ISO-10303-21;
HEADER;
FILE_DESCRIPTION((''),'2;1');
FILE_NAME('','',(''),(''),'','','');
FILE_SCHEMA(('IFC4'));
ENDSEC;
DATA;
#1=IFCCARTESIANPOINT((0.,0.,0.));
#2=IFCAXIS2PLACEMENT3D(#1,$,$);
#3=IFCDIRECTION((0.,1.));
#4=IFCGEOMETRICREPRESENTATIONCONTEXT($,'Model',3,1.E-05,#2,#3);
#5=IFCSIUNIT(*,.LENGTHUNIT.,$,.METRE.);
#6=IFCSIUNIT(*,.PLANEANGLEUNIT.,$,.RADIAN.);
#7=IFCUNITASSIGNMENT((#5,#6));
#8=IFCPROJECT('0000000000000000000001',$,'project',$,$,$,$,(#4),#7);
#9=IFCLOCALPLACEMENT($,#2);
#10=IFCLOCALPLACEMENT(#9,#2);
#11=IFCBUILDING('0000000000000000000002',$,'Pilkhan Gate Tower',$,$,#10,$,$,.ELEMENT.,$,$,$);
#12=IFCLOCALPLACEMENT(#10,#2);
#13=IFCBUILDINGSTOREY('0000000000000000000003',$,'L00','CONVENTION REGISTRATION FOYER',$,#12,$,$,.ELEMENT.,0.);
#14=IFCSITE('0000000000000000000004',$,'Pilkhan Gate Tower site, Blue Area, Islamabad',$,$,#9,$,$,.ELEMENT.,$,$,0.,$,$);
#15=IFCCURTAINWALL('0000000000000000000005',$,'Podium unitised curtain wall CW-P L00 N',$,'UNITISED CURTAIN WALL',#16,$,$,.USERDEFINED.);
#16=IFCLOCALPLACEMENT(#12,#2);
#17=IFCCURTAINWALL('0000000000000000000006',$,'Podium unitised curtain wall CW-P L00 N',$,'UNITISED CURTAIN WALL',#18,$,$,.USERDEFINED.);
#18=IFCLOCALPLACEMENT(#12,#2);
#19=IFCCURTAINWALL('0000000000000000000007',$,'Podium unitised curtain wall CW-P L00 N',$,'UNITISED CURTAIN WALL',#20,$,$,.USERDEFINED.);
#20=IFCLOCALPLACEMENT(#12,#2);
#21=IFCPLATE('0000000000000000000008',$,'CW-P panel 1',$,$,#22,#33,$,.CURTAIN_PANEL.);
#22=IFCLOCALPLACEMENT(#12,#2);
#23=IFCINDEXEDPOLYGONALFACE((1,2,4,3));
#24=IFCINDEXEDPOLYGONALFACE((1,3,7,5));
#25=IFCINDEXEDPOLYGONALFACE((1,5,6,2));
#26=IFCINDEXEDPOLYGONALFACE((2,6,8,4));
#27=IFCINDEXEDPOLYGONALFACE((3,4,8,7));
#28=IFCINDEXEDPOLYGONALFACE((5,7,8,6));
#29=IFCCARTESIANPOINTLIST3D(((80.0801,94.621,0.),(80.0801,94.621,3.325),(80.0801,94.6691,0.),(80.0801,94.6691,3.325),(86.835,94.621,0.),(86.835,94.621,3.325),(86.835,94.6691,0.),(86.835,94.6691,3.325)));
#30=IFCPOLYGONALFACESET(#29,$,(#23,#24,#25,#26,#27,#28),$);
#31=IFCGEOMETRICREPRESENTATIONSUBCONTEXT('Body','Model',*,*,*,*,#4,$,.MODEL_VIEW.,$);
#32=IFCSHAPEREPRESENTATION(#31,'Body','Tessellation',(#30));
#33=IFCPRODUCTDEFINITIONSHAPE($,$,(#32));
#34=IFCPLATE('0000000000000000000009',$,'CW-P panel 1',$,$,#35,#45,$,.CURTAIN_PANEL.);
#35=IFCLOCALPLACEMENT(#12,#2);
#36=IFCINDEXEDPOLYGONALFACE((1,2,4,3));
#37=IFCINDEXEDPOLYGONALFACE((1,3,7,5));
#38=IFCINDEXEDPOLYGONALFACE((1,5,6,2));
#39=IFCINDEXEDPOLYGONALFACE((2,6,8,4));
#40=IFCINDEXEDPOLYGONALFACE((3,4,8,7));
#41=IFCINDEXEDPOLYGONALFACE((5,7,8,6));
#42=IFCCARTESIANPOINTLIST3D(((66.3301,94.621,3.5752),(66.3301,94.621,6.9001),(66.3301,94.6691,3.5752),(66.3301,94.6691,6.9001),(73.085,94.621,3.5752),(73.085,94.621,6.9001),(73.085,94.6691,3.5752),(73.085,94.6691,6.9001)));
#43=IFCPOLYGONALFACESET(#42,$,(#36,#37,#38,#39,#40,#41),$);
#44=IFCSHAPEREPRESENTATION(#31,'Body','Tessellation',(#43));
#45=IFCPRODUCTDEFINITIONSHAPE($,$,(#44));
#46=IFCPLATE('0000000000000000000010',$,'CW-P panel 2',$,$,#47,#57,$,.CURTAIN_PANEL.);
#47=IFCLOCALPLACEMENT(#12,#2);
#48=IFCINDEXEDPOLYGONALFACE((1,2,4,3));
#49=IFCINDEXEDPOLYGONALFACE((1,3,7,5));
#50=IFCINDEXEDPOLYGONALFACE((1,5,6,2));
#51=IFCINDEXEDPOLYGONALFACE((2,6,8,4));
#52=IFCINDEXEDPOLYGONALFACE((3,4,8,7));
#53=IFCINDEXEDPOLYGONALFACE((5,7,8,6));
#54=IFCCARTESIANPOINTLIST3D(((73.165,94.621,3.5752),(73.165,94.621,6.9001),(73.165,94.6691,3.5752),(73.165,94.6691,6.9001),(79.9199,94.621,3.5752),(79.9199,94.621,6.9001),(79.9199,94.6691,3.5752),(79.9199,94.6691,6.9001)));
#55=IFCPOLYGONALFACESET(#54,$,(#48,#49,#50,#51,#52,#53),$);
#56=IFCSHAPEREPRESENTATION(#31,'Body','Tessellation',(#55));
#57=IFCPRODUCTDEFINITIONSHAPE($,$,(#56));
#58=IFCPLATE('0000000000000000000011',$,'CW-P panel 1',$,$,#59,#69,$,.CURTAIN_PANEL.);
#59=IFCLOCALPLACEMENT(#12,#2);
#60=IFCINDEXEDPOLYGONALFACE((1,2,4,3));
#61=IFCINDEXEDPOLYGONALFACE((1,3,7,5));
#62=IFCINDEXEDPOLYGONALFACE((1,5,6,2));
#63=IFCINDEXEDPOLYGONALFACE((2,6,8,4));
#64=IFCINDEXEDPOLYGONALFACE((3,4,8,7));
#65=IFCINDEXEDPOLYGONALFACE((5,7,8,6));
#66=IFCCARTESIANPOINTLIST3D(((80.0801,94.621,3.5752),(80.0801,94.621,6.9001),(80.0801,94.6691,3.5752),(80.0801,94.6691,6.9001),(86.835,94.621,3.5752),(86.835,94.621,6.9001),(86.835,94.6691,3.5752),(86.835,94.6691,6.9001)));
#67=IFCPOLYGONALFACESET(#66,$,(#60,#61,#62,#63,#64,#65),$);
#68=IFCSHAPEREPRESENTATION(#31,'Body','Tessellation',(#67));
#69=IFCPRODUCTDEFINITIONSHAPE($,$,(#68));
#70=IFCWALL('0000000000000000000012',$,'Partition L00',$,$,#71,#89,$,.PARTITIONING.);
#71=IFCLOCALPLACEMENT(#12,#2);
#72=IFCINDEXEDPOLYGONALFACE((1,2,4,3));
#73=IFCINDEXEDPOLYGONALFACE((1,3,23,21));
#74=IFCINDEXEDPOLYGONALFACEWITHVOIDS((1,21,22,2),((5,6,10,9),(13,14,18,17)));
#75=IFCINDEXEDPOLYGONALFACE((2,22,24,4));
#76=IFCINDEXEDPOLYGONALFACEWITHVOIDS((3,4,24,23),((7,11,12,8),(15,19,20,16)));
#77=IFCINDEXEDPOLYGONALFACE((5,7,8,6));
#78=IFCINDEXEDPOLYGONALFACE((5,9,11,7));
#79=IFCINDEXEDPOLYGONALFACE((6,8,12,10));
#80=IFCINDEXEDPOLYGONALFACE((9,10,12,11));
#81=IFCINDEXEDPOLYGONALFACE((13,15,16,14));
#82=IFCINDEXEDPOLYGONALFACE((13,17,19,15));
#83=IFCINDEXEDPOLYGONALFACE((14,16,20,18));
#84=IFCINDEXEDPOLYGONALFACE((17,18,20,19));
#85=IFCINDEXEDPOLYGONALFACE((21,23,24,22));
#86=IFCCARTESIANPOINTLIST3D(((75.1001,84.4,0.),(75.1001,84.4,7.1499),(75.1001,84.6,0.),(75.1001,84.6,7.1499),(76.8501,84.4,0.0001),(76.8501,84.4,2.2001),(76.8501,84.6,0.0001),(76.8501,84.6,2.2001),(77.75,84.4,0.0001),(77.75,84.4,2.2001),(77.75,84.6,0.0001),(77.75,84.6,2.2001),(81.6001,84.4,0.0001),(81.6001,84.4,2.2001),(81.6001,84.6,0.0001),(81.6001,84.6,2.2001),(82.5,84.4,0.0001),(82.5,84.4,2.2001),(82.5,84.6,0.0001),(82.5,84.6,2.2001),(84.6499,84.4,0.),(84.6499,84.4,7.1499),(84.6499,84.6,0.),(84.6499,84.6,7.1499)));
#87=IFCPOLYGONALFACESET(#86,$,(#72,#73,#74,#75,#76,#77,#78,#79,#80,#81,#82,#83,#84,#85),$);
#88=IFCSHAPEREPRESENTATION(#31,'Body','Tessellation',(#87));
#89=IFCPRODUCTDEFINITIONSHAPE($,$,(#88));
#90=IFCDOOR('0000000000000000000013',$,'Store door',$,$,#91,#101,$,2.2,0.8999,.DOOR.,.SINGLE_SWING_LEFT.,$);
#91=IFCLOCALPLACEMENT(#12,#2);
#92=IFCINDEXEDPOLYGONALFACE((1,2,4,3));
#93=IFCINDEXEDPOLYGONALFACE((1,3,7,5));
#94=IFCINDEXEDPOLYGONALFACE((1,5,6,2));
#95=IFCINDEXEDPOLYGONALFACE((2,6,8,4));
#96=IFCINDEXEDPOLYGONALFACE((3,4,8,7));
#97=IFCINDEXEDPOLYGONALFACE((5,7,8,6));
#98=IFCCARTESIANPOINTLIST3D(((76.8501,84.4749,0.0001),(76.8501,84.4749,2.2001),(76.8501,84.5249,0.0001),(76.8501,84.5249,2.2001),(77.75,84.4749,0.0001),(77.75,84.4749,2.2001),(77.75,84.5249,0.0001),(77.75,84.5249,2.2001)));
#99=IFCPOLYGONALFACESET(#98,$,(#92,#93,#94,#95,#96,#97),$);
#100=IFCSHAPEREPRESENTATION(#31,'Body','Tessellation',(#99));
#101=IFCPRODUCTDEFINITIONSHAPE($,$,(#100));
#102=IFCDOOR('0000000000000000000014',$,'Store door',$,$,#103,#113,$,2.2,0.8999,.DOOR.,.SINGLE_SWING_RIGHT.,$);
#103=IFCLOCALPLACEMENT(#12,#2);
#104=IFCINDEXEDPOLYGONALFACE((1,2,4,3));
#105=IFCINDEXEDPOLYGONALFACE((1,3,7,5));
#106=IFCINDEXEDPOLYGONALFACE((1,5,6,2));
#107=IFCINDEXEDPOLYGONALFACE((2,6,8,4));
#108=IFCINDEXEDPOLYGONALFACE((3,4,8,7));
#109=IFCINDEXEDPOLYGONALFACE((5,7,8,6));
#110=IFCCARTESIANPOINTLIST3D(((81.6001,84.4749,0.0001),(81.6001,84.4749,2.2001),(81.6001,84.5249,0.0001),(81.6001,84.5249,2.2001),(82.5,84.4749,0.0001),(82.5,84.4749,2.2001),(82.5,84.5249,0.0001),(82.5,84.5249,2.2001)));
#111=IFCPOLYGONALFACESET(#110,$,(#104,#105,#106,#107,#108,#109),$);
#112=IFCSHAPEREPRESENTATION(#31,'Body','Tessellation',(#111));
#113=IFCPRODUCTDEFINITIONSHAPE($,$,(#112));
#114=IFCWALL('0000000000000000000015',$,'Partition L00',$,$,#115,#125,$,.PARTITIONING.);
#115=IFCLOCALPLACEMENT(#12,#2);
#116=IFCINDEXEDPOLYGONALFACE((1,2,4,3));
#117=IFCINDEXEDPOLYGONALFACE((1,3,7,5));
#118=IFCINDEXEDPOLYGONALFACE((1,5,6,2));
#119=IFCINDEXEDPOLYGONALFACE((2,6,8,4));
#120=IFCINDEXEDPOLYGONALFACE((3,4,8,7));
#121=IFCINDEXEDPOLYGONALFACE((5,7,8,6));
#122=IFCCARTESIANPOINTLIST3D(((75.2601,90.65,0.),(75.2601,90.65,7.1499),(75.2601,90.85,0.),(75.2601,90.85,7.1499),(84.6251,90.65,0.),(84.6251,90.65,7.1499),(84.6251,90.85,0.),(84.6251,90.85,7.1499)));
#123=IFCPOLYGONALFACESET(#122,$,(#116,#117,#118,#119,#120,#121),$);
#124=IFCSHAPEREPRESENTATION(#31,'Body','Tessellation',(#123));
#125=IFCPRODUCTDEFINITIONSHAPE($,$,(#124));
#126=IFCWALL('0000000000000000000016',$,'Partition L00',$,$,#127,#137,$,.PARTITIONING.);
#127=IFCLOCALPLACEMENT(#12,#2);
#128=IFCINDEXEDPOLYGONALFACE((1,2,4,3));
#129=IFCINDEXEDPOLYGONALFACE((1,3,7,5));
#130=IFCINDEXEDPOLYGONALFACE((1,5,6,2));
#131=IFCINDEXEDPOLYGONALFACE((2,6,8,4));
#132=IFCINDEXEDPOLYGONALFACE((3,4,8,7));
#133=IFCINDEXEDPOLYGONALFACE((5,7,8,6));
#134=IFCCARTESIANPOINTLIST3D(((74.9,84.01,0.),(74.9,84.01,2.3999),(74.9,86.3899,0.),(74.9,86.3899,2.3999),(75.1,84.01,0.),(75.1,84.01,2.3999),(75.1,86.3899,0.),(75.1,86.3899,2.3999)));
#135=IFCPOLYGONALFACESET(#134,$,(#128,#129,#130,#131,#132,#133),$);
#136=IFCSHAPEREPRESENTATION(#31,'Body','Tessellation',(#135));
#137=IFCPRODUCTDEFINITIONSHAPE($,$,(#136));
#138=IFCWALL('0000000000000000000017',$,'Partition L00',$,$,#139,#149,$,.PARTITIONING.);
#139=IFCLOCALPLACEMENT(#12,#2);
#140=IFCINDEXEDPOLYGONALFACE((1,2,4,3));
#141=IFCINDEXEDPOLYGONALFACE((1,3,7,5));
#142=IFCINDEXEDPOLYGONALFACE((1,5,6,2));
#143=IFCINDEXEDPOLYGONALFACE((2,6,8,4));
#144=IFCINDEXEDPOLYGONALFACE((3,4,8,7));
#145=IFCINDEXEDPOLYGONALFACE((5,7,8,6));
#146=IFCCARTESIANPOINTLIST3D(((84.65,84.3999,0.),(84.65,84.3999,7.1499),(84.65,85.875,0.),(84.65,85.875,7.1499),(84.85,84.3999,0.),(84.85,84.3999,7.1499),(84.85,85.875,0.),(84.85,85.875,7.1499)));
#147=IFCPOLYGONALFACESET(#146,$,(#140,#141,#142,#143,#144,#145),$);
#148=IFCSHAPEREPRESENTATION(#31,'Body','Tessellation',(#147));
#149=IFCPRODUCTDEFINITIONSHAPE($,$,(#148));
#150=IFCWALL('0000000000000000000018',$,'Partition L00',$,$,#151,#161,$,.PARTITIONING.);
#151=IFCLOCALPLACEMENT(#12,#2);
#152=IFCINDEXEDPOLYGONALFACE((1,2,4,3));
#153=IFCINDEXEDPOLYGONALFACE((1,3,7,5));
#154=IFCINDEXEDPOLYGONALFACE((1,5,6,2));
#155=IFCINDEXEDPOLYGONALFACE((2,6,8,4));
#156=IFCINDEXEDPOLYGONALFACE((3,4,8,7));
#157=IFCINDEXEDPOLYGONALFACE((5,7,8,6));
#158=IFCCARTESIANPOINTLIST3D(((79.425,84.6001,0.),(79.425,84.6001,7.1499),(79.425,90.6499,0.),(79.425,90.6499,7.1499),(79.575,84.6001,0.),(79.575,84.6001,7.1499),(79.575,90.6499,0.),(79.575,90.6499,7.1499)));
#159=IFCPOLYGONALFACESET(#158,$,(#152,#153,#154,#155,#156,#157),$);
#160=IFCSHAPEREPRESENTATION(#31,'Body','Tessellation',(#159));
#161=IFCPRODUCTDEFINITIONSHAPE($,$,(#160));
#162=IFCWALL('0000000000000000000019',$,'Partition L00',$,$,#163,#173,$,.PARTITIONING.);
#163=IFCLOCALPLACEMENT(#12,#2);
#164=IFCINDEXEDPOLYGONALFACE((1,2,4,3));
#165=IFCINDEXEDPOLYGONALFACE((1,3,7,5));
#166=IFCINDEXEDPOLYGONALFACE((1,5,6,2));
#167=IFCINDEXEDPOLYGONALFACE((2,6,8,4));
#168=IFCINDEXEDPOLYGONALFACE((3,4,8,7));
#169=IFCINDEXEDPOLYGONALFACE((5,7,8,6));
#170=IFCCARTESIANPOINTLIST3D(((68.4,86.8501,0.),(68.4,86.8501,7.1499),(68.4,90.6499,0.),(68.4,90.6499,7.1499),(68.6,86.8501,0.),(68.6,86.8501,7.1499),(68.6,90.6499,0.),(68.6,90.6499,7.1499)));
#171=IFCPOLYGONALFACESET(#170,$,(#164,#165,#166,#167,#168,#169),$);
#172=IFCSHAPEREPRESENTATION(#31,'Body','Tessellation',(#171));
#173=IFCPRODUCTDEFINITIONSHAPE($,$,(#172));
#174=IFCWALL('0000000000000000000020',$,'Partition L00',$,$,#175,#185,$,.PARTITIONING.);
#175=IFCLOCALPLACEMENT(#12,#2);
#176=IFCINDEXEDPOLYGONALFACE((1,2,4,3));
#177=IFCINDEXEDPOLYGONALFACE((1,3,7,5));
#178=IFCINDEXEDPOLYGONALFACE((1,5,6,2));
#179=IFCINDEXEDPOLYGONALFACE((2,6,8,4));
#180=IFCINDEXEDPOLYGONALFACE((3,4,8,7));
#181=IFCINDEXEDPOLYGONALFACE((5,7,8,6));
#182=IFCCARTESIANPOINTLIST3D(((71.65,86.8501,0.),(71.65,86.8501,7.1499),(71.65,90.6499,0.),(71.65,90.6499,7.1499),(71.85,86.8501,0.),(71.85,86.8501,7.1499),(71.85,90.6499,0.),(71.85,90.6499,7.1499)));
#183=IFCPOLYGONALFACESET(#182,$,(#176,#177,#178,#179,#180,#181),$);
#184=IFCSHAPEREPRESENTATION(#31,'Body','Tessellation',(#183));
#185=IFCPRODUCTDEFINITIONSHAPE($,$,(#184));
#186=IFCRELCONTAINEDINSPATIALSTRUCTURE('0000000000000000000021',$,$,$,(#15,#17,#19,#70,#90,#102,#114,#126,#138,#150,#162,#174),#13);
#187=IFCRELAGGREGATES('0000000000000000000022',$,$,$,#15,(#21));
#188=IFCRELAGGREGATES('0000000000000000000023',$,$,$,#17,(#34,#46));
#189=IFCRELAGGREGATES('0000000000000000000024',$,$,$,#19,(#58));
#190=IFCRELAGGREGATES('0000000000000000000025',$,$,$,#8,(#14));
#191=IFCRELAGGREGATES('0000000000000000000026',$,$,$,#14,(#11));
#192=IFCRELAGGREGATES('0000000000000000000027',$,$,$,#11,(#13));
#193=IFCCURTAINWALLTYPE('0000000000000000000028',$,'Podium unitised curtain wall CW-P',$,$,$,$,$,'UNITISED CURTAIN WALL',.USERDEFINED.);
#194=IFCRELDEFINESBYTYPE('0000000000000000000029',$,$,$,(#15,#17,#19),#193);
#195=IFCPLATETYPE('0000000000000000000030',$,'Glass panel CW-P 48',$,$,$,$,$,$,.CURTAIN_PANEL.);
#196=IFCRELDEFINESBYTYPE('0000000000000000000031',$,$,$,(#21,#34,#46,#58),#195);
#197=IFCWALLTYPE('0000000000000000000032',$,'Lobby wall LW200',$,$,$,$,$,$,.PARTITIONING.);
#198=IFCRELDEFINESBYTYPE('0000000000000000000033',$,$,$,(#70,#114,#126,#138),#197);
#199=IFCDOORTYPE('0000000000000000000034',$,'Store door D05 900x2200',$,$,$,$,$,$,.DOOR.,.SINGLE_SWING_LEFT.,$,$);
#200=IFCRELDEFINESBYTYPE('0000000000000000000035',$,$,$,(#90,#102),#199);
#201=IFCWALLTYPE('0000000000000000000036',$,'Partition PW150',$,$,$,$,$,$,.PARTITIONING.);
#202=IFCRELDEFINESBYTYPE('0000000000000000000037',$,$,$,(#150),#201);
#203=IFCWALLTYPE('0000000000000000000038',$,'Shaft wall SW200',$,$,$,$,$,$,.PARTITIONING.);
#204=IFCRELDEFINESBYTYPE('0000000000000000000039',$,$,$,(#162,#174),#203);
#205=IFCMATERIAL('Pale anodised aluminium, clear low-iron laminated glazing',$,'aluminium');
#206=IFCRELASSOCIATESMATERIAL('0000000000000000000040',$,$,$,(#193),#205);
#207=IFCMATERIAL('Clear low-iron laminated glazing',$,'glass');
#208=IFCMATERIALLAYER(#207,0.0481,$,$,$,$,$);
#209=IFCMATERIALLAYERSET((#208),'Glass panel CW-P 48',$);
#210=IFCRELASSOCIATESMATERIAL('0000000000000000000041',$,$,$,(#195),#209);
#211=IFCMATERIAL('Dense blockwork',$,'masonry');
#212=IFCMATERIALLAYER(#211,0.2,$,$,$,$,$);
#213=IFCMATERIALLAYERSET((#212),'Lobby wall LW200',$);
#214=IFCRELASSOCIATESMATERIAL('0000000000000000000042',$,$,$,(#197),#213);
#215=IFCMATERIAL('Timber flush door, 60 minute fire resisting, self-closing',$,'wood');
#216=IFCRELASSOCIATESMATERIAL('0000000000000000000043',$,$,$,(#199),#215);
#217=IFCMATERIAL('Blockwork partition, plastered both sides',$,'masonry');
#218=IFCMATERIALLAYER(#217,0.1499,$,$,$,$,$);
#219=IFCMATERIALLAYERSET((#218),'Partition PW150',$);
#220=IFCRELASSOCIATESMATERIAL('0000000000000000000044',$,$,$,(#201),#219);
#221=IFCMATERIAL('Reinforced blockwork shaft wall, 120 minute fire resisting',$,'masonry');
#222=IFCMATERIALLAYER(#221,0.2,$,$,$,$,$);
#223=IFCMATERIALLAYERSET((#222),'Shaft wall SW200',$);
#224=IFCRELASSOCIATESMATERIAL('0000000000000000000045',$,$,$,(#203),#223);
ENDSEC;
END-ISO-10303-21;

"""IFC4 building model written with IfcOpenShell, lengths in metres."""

from ifc_helpers import new_model, si_unit, direction, frame, frame_2d, origin, origin_2d, place, context, subcontext, project, spatial, rectangle, extrude, material, layer, layer_set, type_object, element, fill, aggregate, save


model = new_model("IFC4")

# Units and contexts
model_context = context("Model", 3, precision=1e-05, world=origin(), true_north=direction((0.0, 1.0)))
body_context = subcontext(model_context, "Body", "Model", "MODEL_VIEW")
ifc_project = project(units=[si_unit("LENGTHUNIT", "METRE"), si_unit("PLANEANGLEUNIT", "RADIAN")], contexts=[model_context])

# Site, building, storey
site_placement = place(None, origin())
site = spatial("IfcSite", under=ifc_project, at=site_placement, Name="Pilkhan Gate Tower site, Blue Area, Islamabad", CompositionType="ELEMENT", RefElevation=0.0)
building_placement = place(site_placement, origin())
building = spatial("IfcBuilding", under=site, at=building_placement, Name="Pilkhan Gate Tower", CompositionType="ELEMENT")
storey_placement = place(building_placement, origin())
storey = spatial("IfcBuildingStorey", under=building, at=storey_placement, Name="L00", Description="CONVENTION REGISTRATION FOYER", CompositionType="ELEMENT", Elevation=0.0)

# Shared definitions
ifc_material_1 = material(Name="Pale anodised aluminium, clear low-iron laminated glazing", Category="aluminium")
curtain_wall_type = type_object("IfcCurtainWallType", Name="Podium unitised curtain wall CW-P", ElementType="UNITISED CURTAIN WALL", PredefinedType="USERDEFINED", material=ifc_material_1)

# Curtain wall
curtain_wall_1_placement = place(storey_placement, origin())
curtain_wall_1 = element("IfcCurtainWall", 1, at=curtain_wall_1_placement, inside=storey, type_object=curtain_wall_type, Name="Podium unitised curtain wall CW-P L00 N", ObjectType="UNITISED CURTAIN WALL", PredefinedType="USERDEFINED")

# Curtain wall
curtain_wall_2_placement = place(storey_placement, origin())
curtain_wall_2 = element("IfcCurtainWall", 2, at=curtain_wall_2_placement, inside=storey, type_object=curtain_wall_type, Name="Podium unitised curtain wall CW-P L00 N", ObjectType="UNITISED CURTAIN WALL", PredefinedType="USERDEFINED")

# Curtain wall
curtain_wall_3_placement = place(storey_placement, origin())
curtain_wall_3 = element("IfcCurtainWall", 3, at=curtain_wall_3_placement, inside=storey, type_object=curtain_wall_type, Name="Podium unitised curtain wall CW-P L00 N", ObjectType="UNITISED CURTAIN WALL", PredefinedType="USERDEFINED")

# Plates
ifc_material_2 = material(Name="Clear low-iron laminated glazing", Category="glass")
ifc_layer_1 = layer(ifc_material_2, 0.0481)
ifc_layer_set_1 = layer_set([ifc_layer_1], Name="Glass panel CW-P 48")
plate_type = type_object("IfcPlateType", Name="Glass panel CW-P 48", PredefinedType="CURTAIN_PANEL", material=ifc_layer_set_1)
plate_1_placement = place(storey_placement, frame((83.4575, 94.645, 0.0), z_axis=(0.0, 0.0, 1.0), x_axis=(1.0, 0.0, 0.0)))
plate_1 = element("IfcPlate", 4, at=plate_1_placement, type_object=plate_type, Name="CW-P panel 1", PredefinedType="CURTAIN_PANEL", context=body_context, shape_type="SweptSolid", body=[
    extrude(rectangle(XDim=6.7549, YDim=0.0481, at=origin_2d()), origin(), (0.0, 0.0, 1.0), 3.325),
])
aggregate(curtain_wall_1, [plate_1])
plate_2_placement = place(storey_placement, frame((69.7075, 94.645, 3.5752), z_axis=(0.0, 0.0, 1.0), x_axis=(1.0, 0.0, 0.0)))
plate_2 = element("IfcPlate", 5, at=plate_2_placement, type_object=plate_type, Name="CW-P panel 1", PredefinedType="CURTAIN_PANEL", context=body_context, shape_type="SweptSolid", body=[
    extrude(rectangle(XDim=6.7549, YDim=0.0481, at=origin_2d()), origin(), (0.0, 0.0, 1.0), 3.325),
])
plate_3_placement = place(storey_placement, frame((76.5425, 94.645, 3.5752), z_axis=(0.0, 0.0, 1.0), x_axis=(1.0, 0.0, 0.0)))
plate_3 = element("IfcPlate", 6, at=plate_3_placement, type_object=plate_type, Name="CW-P panel 2", PredefinedType="CURTAIN_PANEL", context=body_context, shape_type="SweptSolid", body=[
    extrude(rectangle(XDim=6.7549, YDim=0.0481, at=origin_2d()), origin(), (0.0, 0.0, 1.0), 3.325),
])
aggregate(curtain_wall_2, [plate_2, plate_3])
plate_4_placement = place(storey_placement, frame((83.4575, 94.645, 3.5752), z_axis=(0.0, 0.0, 1.0), x_axis=(1.0, 0.0, 0.0)))
plate_4 = element("IfcPlate", 7, at=plate_4_placement, type_object=plate_type, Name="CW-P panel 1", PredefinedType="CURTAIN_PANEL", context=body_context, shape_type="SweptSolid", body=[
    extrude(rectangle(XDim=6.7549, YDim=0.0481, at=origin_2d()), origin(), (0.0, 0.0, 1.0), 3.325),
])
aggregate(curtain_wall_3, [plate_4])

# Wall, openings, doors
ifc_material_3 = material(Name="Dense blockwork", Category="masonry")
ifc_layer_2 = layer(ifc_material_3, 0.2)
ifc_layer_set_2 = layer_set([ifc_layer_2], Name="Lobby wall LW200")
wall_type_1 = type_object("IfcWallType", Name="Lobby wall LW200", PredefinedType="PARTITIONING", material=ifc_layer_set_2)
wall_1_placement = place(storey_placement, frame((75.1001, 84.5, 0.0), z_axis=(0.0, 0.0, 1.0), x_axis=(1.0, 0.0, 0.0)))
wall_1 = element("IfcWall", 8, at=wall_1_placement, inside=storey, type_object=wall_type_1, Name="Partition L00", PredefinedType="PARTITIONING", context=body_context, shape_type="SweptSolid", body=[
    extrude(rectangle(XDim=9.5498, YDim=0.2, at=frame_2d((4.7749, 0.0))), origin(), (0.0, 0.0, 1.0), 7.1499),
])
opening_1_placement = place(wall_1_placement, frame((1.75, 0.0, 0.0)))
opening_1 = element("IfcOpeningElement", 9, at=opening_1_placement, cuts=wall_1, PredefinedType="OPENING", context=body_context, shape_type="SweptSolid", body=[
    extrude(rectangle(XDim=0.8999, YDim=2.2, at=frame_2d((0.45, 1.1001))), frame((0.0, 0.1099, 0.0), z_axis=(0.0, -1.0, 0.0), x_axis=(1.0, 0.0, 0.0)), (0.0, 0.0, 1.0), 0.22),
])
opening_2_placement = place(wall_1_placement, frame((6.5, 0.0, 0.0)))
opening_2 = element("IfcOpeningElement", 10, at=opening_2_placement, cuts=wall_1, PredefinedType="OPENING", context=body_context, shape_type="SweptSolid", body=[
    extrude(rectangle(XDim=0.8999, YDim=2.2, at=frame_2d((0.45, 1.1001))), frame((0.0, 0.1099, 0.0), z_axis=(0.0, -1.0, 0.0), x_axis=(1.0, 0.0, 0.0)), (0.0, 0.0, 1.0), 0.22),
])
ifc_material_4 = material(Name="Timber flush door, 60 minute fire resisting, self-closing", Category="wood")
door_type = type_object("IfcDoorType", Name="Store door D05 900x2200", OperationType="SINGLE_SWING_LEFT", PredefinedType="DOOR", material=ifc_material_4)
door_1_placement = place(opening_1_placement, origin())
door_1 = element("IfcDoor", 11, at=door_1_placement, inside=storey, type_object=door_type, Name="Store door", OperationType="SINGLE_SWING_LEFT", OverallHeight=2.2, OverallWidth=0.8999, PredefinedType="DOOR", context=body_context, shape_type="SweptSolid", body=[
    extrude(rectangle(XDim=0.8999, YDim=2.2, at=frame_2d((0.45, 1.1001))), frame((0.0, 0.0249, 0.0), z_axis=(0.0, -1.0, 0.0), x_axis=(1.0, 0.0, 0.0)), (0.0, 0.0, 1.0), 0.05),
])
fill(opening_1, door_1)
door_2_placement = place(opening_2_placement, origin())
door_2 = element("IfcDoor", 12, at=door_2_placement, inside=storey, type_object=door_type, Name="Store door", OperationType="SINGLE_SWING_RIGHT", OverallHeight=2.2, OverallWidth=0.8999, PredefinedType="DOOR", context=body_context, shape_type="SweptSolid", body=[
    extrude(rectangle(XDim=0.8999, YDim=2.2, at=frame_2d((0.45, 1.1001))), frame((0.0, 0.0249, 0.0), z_axis=(0.0, -1.0, 0.0), x_axis=(1.0, 0.0, 0.0)), (0.0, 0.0, 1.0), 0.05),
])
fill(opening_2, door_2)

# Walls
wall_2_placement = place(storey_placement, frame((75.26, 90.75, 0.0), z_axis=(0.0, 0.0, 1.0), x_axis=(1.0, 0.0, 0.0)))
element("IfcWall", 13, at=wall_2_placement, inside=storey, type_object=wall_type_1, Name="Partition L00", PredefinedType="PARTITIONING", context=body_context, shape_type="SweptSolid", body=[
    extrude(rectangle(XDim=9.365, YDim=0.2, at=frame_2d((4.6826, 0.0))), origin(), (0.0, 0.0, 1.0), 7.1499),
])
wall_3_placement = place(storey_placement, frame((75.0, 84.01, 0.0), z_axis=(0.0, 0.0, 1.0), x_axis=(0.0, 1.0, 0.0)))
element("IfcWall", 14, at=wall_3_placement, inside=storey, type_object=wall_type_1, Name="Partition L00", PredefinedType="PARTITIONING", context=body_context, shape_type="SweptSolid", body=[
    extrude(rectangle(XDim=2.3799, YDim=0.2, at=frame_2d((1.1899, 0.0))), origin(), (0.0, 0.0, 1.0), 2.3999),
])
wall_4_placement = place(storey_placement, frame((84.75, 84.3999, 0.0), z_axis=(0.0, 0.0, 1.0), x_axis=(0.0, 1.0, 0.0)))
element("IfcWall", 15, at=wall_4_placement, inside=storey, type_object=wall_type_1, Name="Partition L00", PredefinedType="PARTITIONING", context=body_context, shape_type="SweptSolid", body=[
    extrude(rectangle(XDim=1.4751, YDim=0.2, at=frame_2d((0.7375, 0.0))), origin(), (0.0, 0.0, 1.0), 7.1499),
])
ifc_material_5 = material(Name="Blockwork partition, plastered both sides", Category="masonry")
ifc_layer_3 = layer(ifc_material_5, 0.1499)
ifc_layer_set_3 = layer_set([ifc_layer_3], Name="Partition PW150")
wall_type_2 = type_object("IfcWallType", Name="Partition PW150", PredefinedType="PARTITIONING", material=ifc_layer_set_3)
wall_5_placement = place(storey_placement, frame((79.5, 84.6001, 0.0), z_axis=(0.0, 0.0, 1.0), x_axis=(0.0, 1.0, 0.0)))
element("IfcWall", 16, at=wall_5_placement, inside=storey, type_object=wall_type_2, Name="Partition L00", PredefinedType="PARTITIONING", context=body_context, shape_type="SweptSolid", body=[
    extrude(rectangle(XDim=6.0498, YDim=0.1499, at=frame_2d((3.0249, 0.0))), origin(), (0.0, 0.0, 1.0), 7.1499),
])
ifc_material_6 = material(Name="Reinforced blockwork shaft wall, 120 minute fire resisting", Category="masonry")
ifc_layer_4 = layer(ifc_material_6, 0.2)
ifc_layer_set_4 = layer_set([ifc_layer_4], Name="Shaft wall SW200")
wall_type_3 = type_object("IfcWallType", Name="Shaft wall SW200", PredefinedType="PARTITIONING", material=ifc_layer_set_4)
for number, where, z_axis, x_axis, name in (
    (17, (68.5, 86.8501, 0.0), (0.0, 0.0, 1.0), (0.0, 1.0, 0.0), "Partition L00"),
    (18, (71.75, 86.8501, 0.0), (0.0, 0.0, 1.0), (0.0, 1.0, 0.0), "Partition L00"),
):
    element("IfcWall", number, at=place(storey_placement, frame(where, z_axis=z_axis, x_axis=x_axis)), inside=storey, type_object=wall_type_3, Name=name, PredefinedType="PARTITIONING", context=body_context, shape_type="SweptSolid", body=[
        extrude(rectangle(XDim=3.7998, YDim=0.2, at=frame_2d((1.8999, 0.0))), origin(), (0.0, 0.0, 1.0), 7.1499),
    ])

save(model, "model.ifc")
